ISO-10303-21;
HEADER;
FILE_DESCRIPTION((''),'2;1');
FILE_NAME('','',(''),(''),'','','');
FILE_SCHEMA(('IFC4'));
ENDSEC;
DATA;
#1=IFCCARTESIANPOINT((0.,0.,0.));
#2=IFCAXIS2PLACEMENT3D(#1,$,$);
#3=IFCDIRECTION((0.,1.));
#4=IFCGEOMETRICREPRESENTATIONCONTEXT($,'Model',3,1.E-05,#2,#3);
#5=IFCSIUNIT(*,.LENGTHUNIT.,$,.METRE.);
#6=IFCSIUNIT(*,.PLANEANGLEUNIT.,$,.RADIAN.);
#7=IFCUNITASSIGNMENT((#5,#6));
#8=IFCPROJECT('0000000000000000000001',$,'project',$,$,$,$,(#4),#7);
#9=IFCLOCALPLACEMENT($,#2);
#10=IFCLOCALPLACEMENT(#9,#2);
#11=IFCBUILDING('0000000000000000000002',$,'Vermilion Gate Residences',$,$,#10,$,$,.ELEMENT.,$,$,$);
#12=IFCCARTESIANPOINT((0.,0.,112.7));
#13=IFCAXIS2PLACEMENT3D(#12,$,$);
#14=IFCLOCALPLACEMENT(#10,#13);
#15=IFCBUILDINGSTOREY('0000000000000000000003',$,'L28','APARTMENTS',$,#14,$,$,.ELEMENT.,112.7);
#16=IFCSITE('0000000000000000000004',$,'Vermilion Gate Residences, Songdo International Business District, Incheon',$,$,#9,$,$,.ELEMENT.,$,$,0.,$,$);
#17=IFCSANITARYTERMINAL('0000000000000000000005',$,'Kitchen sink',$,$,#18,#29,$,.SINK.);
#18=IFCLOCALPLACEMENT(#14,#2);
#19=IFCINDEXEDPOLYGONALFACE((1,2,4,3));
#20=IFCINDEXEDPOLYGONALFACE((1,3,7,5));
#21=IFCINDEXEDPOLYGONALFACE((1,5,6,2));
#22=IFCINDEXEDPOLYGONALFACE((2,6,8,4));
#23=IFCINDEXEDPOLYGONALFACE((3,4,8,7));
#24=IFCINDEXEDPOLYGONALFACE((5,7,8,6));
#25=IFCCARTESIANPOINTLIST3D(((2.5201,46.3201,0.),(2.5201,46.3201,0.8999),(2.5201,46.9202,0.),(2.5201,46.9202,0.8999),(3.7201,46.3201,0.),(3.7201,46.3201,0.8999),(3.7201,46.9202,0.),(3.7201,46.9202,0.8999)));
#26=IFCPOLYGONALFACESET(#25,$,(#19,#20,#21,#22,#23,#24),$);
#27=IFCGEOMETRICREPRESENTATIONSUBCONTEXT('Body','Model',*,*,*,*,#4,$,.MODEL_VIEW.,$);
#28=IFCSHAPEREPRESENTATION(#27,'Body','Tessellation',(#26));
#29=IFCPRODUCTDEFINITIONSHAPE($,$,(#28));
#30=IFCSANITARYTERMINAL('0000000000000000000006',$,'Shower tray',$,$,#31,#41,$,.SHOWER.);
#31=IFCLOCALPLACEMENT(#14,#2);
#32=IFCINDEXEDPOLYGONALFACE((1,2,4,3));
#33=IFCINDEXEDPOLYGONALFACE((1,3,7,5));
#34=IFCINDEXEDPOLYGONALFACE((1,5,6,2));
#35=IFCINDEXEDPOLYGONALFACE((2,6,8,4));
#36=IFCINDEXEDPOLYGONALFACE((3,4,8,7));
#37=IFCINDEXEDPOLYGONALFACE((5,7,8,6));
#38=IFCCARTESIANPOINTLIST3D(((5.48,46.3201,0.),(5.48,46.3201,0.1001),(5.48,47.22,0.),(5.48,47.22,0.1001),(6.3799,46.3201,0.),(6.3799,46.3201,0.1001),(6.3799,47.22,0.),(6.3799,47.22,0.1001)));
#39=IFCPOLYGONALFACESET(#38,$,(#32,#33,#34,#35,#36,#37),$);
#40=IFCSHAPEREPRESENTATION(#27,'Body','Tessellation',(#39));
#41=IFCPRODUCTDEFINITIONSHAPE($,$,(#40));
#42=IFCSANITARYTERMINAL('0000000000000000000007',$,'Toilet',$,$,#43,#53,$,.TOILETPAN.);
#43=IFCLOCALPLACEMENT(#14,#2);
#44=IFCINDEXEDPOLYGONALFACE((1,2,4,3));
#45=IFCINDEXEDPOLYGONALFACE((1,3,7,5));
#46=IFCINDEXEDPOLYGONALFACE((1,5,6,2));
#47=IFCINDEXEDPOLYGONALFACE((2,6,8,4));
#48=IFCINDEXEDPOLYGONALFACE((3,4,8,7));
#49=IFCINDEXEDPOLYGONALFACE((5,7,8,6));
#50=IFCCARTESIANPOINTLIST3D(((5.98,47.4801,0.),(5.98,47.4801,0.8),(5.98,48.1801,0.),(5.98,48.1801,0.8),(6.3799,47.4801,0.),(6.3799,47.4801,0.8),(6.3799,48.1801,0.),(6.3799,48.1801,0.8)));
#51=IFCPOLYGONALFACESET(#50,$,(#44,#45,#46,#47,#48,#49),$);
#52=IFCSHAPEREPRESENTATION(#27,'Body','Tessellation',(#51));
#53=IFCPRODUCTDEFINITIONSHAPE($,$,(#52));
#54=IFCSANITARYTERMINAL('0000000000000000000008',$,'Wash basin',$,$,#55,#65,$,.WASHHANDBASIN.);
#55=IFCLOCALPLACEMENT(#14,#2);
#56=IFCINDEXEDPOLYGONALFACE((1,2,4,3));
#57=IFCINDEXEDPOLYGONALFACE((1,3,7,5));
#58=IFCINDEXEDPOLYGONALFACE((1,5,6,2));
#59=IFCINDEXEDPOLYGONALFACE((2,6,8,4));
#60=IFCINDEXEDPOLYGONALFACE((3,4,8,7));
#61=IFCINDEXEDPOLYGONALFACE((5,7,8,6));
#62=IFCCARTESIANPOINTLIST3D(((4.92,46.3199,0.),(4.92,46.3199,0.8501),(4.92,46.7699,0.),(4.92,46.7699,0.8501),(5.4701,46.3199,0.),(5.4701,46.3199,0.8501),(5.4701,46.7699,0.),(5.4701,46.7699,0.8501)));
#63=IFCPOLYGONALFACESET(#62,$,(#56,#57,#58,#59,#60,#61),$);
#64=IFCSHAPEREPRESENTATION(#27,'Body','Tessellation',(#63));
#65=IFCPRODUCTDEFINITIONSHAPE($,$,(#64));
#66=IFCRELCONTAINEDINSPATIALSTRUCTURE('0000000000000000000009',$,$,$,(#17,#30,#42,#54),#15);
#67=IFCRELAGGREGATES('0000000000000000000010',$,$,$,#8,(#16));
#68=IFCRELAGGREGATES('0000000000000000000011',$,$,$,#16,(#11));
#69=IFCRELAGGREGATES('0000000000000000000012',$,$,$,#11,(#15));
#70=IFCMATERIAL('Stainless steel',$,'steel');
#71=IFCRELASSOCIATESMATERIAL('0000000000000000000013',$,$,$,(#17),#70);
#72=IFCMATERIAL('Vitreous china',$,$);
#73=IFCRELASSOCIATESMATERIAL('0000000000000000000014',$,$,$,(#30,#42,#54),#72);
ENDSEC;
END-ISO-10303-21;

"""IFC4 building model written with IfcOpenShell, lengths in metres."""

from ifc_helpers import new_model, si_unit, direction, frame, origin, origin_2d, place, context, subcontext, project, spatial, rectangle, extrude, material, element, save


model = new_model("IFC4")

# Units and contexts
model_context = context("Model", 3, precision=1e-05, world=origin(), true_north=direction((0.0, 1.0)))
body_context = subcontext(model_context, "Body", "Model", "MODEL_VIEW")
ifc_project = project(units=[si_unit("LENGTHUNIT", "METRE"), si_unit("PLANEANGLEUNIT", "RADIAN")], contexts=[model_context])

# Site, building, storey
site_placement = place(None, origin())
site = spatial("IfcSite", under=ifc_project, at=site_placement, Name="Vermilion Gate Residences, Songdo International Business District, Incheon", CompositionType="ELEMENT", RefElevation=0.0)
building_placement = place(site_placement, origin())
building = spatial("IfcBuilding", under=site, at=building_placement, Name="Vermilion Gate Residences", CompositionType="ELEMENT")
storey_placement = place(building_placement, frame((0.0, 0.0, 112.7)))
storey = spatial("IfcBuildingStorey", under=building, at=storey_placement, Name="L28", Description="APARTMENTS", CompositionType="ELEMENT", Elevation=112.7)

# Sanitary terminals
ifc_material_1 = material(Name="Stainless steel", Category="steel")
sanitary_terminal_1_placement = place(storey_placement, frame((3.1201, 46.6201, 0.0), z_axis=(0.0, 0.0, 1.0), x_axis=(1.0, 0.0, 0.0)))
element("IfcSanitaryTerminal", 1, at=sanitary_terminal_1_placement, inside=storey, material=ifc_material_1, Name="Kitchen sink", PredefinedType="SINK", context=body_context, shape_type="SweptSolid", body=[
    extrude(rectangle(XDim=1.2, YDim=0.6001, at=origin_2d()), origin(), (0.0, 0.0, 1.0), 0.8999),
])
ifc_material_2 = material(Name="Vitreous china")
sanitary_terminal_2_placement = place(storey_placement, frame((5.9299, 46.77, 0.0), z_axis=(0.0, 0.0, 1.0), x_axis=(1.0, 0.0, 0.0)))
element("IfcSanitaryTerminal", 2, at=sanitary_terminal_2_placement, inside=storey, material=ifc_material_2, Name="Shower tray", PredefinedType="SHOWER", context=body_context, shape_type="SweptSolid", body=[
    extrude(rectangle(XDim=0.8999, YDim=0.8999, at=origin_2d()), origin(), (0.0, 0.0, 1.0), 0.1001),
])
sanitary_terminal_3_placement = place(storey_placement, frame((6.1799, 47.8301, 0.0), z_axis=(0.0, 0.0, 1.0), x_axis=(1.0, 0.0, 0.0)))
element("IfcSanitaryTerminal", 3, at=sanitary_terminal_3_placement, inside=storey, material=ifc_material_2, Name="Toilet", PredefinedType="TOILETPAN", context=body_context, shape_type="SweptSolid", body=[
    extrude(rectangle(XDim=0.3999, YDim=0.7, at=origin_2d()), origin(), (0.0, 0.0, 1.0), 0.8),
])
sanitary_terminal_4_placement = place(storey_placement, frame((5.1951, 46.5449, 0.0), z_axis=(0.0, 0.0, 1.0), x_axis=(1.0, 0.0, 0.0)))
element("IfcSanitaryTerminal", 4, at=sanitary_terminal_4_placement, inside=storey, material=ifc_material_2, Name="Wash basin", PredefinedType="WASHHANDBASIN", context=body_context, shape_type="SweptSolid", body=[
    extrude(rectangle(XDim=0.55, YDim=0.45, at=origin_2d()), origin(), (0.0, 0.0, 1.0), 0.8501),
])

save(model, "model.ifc")
